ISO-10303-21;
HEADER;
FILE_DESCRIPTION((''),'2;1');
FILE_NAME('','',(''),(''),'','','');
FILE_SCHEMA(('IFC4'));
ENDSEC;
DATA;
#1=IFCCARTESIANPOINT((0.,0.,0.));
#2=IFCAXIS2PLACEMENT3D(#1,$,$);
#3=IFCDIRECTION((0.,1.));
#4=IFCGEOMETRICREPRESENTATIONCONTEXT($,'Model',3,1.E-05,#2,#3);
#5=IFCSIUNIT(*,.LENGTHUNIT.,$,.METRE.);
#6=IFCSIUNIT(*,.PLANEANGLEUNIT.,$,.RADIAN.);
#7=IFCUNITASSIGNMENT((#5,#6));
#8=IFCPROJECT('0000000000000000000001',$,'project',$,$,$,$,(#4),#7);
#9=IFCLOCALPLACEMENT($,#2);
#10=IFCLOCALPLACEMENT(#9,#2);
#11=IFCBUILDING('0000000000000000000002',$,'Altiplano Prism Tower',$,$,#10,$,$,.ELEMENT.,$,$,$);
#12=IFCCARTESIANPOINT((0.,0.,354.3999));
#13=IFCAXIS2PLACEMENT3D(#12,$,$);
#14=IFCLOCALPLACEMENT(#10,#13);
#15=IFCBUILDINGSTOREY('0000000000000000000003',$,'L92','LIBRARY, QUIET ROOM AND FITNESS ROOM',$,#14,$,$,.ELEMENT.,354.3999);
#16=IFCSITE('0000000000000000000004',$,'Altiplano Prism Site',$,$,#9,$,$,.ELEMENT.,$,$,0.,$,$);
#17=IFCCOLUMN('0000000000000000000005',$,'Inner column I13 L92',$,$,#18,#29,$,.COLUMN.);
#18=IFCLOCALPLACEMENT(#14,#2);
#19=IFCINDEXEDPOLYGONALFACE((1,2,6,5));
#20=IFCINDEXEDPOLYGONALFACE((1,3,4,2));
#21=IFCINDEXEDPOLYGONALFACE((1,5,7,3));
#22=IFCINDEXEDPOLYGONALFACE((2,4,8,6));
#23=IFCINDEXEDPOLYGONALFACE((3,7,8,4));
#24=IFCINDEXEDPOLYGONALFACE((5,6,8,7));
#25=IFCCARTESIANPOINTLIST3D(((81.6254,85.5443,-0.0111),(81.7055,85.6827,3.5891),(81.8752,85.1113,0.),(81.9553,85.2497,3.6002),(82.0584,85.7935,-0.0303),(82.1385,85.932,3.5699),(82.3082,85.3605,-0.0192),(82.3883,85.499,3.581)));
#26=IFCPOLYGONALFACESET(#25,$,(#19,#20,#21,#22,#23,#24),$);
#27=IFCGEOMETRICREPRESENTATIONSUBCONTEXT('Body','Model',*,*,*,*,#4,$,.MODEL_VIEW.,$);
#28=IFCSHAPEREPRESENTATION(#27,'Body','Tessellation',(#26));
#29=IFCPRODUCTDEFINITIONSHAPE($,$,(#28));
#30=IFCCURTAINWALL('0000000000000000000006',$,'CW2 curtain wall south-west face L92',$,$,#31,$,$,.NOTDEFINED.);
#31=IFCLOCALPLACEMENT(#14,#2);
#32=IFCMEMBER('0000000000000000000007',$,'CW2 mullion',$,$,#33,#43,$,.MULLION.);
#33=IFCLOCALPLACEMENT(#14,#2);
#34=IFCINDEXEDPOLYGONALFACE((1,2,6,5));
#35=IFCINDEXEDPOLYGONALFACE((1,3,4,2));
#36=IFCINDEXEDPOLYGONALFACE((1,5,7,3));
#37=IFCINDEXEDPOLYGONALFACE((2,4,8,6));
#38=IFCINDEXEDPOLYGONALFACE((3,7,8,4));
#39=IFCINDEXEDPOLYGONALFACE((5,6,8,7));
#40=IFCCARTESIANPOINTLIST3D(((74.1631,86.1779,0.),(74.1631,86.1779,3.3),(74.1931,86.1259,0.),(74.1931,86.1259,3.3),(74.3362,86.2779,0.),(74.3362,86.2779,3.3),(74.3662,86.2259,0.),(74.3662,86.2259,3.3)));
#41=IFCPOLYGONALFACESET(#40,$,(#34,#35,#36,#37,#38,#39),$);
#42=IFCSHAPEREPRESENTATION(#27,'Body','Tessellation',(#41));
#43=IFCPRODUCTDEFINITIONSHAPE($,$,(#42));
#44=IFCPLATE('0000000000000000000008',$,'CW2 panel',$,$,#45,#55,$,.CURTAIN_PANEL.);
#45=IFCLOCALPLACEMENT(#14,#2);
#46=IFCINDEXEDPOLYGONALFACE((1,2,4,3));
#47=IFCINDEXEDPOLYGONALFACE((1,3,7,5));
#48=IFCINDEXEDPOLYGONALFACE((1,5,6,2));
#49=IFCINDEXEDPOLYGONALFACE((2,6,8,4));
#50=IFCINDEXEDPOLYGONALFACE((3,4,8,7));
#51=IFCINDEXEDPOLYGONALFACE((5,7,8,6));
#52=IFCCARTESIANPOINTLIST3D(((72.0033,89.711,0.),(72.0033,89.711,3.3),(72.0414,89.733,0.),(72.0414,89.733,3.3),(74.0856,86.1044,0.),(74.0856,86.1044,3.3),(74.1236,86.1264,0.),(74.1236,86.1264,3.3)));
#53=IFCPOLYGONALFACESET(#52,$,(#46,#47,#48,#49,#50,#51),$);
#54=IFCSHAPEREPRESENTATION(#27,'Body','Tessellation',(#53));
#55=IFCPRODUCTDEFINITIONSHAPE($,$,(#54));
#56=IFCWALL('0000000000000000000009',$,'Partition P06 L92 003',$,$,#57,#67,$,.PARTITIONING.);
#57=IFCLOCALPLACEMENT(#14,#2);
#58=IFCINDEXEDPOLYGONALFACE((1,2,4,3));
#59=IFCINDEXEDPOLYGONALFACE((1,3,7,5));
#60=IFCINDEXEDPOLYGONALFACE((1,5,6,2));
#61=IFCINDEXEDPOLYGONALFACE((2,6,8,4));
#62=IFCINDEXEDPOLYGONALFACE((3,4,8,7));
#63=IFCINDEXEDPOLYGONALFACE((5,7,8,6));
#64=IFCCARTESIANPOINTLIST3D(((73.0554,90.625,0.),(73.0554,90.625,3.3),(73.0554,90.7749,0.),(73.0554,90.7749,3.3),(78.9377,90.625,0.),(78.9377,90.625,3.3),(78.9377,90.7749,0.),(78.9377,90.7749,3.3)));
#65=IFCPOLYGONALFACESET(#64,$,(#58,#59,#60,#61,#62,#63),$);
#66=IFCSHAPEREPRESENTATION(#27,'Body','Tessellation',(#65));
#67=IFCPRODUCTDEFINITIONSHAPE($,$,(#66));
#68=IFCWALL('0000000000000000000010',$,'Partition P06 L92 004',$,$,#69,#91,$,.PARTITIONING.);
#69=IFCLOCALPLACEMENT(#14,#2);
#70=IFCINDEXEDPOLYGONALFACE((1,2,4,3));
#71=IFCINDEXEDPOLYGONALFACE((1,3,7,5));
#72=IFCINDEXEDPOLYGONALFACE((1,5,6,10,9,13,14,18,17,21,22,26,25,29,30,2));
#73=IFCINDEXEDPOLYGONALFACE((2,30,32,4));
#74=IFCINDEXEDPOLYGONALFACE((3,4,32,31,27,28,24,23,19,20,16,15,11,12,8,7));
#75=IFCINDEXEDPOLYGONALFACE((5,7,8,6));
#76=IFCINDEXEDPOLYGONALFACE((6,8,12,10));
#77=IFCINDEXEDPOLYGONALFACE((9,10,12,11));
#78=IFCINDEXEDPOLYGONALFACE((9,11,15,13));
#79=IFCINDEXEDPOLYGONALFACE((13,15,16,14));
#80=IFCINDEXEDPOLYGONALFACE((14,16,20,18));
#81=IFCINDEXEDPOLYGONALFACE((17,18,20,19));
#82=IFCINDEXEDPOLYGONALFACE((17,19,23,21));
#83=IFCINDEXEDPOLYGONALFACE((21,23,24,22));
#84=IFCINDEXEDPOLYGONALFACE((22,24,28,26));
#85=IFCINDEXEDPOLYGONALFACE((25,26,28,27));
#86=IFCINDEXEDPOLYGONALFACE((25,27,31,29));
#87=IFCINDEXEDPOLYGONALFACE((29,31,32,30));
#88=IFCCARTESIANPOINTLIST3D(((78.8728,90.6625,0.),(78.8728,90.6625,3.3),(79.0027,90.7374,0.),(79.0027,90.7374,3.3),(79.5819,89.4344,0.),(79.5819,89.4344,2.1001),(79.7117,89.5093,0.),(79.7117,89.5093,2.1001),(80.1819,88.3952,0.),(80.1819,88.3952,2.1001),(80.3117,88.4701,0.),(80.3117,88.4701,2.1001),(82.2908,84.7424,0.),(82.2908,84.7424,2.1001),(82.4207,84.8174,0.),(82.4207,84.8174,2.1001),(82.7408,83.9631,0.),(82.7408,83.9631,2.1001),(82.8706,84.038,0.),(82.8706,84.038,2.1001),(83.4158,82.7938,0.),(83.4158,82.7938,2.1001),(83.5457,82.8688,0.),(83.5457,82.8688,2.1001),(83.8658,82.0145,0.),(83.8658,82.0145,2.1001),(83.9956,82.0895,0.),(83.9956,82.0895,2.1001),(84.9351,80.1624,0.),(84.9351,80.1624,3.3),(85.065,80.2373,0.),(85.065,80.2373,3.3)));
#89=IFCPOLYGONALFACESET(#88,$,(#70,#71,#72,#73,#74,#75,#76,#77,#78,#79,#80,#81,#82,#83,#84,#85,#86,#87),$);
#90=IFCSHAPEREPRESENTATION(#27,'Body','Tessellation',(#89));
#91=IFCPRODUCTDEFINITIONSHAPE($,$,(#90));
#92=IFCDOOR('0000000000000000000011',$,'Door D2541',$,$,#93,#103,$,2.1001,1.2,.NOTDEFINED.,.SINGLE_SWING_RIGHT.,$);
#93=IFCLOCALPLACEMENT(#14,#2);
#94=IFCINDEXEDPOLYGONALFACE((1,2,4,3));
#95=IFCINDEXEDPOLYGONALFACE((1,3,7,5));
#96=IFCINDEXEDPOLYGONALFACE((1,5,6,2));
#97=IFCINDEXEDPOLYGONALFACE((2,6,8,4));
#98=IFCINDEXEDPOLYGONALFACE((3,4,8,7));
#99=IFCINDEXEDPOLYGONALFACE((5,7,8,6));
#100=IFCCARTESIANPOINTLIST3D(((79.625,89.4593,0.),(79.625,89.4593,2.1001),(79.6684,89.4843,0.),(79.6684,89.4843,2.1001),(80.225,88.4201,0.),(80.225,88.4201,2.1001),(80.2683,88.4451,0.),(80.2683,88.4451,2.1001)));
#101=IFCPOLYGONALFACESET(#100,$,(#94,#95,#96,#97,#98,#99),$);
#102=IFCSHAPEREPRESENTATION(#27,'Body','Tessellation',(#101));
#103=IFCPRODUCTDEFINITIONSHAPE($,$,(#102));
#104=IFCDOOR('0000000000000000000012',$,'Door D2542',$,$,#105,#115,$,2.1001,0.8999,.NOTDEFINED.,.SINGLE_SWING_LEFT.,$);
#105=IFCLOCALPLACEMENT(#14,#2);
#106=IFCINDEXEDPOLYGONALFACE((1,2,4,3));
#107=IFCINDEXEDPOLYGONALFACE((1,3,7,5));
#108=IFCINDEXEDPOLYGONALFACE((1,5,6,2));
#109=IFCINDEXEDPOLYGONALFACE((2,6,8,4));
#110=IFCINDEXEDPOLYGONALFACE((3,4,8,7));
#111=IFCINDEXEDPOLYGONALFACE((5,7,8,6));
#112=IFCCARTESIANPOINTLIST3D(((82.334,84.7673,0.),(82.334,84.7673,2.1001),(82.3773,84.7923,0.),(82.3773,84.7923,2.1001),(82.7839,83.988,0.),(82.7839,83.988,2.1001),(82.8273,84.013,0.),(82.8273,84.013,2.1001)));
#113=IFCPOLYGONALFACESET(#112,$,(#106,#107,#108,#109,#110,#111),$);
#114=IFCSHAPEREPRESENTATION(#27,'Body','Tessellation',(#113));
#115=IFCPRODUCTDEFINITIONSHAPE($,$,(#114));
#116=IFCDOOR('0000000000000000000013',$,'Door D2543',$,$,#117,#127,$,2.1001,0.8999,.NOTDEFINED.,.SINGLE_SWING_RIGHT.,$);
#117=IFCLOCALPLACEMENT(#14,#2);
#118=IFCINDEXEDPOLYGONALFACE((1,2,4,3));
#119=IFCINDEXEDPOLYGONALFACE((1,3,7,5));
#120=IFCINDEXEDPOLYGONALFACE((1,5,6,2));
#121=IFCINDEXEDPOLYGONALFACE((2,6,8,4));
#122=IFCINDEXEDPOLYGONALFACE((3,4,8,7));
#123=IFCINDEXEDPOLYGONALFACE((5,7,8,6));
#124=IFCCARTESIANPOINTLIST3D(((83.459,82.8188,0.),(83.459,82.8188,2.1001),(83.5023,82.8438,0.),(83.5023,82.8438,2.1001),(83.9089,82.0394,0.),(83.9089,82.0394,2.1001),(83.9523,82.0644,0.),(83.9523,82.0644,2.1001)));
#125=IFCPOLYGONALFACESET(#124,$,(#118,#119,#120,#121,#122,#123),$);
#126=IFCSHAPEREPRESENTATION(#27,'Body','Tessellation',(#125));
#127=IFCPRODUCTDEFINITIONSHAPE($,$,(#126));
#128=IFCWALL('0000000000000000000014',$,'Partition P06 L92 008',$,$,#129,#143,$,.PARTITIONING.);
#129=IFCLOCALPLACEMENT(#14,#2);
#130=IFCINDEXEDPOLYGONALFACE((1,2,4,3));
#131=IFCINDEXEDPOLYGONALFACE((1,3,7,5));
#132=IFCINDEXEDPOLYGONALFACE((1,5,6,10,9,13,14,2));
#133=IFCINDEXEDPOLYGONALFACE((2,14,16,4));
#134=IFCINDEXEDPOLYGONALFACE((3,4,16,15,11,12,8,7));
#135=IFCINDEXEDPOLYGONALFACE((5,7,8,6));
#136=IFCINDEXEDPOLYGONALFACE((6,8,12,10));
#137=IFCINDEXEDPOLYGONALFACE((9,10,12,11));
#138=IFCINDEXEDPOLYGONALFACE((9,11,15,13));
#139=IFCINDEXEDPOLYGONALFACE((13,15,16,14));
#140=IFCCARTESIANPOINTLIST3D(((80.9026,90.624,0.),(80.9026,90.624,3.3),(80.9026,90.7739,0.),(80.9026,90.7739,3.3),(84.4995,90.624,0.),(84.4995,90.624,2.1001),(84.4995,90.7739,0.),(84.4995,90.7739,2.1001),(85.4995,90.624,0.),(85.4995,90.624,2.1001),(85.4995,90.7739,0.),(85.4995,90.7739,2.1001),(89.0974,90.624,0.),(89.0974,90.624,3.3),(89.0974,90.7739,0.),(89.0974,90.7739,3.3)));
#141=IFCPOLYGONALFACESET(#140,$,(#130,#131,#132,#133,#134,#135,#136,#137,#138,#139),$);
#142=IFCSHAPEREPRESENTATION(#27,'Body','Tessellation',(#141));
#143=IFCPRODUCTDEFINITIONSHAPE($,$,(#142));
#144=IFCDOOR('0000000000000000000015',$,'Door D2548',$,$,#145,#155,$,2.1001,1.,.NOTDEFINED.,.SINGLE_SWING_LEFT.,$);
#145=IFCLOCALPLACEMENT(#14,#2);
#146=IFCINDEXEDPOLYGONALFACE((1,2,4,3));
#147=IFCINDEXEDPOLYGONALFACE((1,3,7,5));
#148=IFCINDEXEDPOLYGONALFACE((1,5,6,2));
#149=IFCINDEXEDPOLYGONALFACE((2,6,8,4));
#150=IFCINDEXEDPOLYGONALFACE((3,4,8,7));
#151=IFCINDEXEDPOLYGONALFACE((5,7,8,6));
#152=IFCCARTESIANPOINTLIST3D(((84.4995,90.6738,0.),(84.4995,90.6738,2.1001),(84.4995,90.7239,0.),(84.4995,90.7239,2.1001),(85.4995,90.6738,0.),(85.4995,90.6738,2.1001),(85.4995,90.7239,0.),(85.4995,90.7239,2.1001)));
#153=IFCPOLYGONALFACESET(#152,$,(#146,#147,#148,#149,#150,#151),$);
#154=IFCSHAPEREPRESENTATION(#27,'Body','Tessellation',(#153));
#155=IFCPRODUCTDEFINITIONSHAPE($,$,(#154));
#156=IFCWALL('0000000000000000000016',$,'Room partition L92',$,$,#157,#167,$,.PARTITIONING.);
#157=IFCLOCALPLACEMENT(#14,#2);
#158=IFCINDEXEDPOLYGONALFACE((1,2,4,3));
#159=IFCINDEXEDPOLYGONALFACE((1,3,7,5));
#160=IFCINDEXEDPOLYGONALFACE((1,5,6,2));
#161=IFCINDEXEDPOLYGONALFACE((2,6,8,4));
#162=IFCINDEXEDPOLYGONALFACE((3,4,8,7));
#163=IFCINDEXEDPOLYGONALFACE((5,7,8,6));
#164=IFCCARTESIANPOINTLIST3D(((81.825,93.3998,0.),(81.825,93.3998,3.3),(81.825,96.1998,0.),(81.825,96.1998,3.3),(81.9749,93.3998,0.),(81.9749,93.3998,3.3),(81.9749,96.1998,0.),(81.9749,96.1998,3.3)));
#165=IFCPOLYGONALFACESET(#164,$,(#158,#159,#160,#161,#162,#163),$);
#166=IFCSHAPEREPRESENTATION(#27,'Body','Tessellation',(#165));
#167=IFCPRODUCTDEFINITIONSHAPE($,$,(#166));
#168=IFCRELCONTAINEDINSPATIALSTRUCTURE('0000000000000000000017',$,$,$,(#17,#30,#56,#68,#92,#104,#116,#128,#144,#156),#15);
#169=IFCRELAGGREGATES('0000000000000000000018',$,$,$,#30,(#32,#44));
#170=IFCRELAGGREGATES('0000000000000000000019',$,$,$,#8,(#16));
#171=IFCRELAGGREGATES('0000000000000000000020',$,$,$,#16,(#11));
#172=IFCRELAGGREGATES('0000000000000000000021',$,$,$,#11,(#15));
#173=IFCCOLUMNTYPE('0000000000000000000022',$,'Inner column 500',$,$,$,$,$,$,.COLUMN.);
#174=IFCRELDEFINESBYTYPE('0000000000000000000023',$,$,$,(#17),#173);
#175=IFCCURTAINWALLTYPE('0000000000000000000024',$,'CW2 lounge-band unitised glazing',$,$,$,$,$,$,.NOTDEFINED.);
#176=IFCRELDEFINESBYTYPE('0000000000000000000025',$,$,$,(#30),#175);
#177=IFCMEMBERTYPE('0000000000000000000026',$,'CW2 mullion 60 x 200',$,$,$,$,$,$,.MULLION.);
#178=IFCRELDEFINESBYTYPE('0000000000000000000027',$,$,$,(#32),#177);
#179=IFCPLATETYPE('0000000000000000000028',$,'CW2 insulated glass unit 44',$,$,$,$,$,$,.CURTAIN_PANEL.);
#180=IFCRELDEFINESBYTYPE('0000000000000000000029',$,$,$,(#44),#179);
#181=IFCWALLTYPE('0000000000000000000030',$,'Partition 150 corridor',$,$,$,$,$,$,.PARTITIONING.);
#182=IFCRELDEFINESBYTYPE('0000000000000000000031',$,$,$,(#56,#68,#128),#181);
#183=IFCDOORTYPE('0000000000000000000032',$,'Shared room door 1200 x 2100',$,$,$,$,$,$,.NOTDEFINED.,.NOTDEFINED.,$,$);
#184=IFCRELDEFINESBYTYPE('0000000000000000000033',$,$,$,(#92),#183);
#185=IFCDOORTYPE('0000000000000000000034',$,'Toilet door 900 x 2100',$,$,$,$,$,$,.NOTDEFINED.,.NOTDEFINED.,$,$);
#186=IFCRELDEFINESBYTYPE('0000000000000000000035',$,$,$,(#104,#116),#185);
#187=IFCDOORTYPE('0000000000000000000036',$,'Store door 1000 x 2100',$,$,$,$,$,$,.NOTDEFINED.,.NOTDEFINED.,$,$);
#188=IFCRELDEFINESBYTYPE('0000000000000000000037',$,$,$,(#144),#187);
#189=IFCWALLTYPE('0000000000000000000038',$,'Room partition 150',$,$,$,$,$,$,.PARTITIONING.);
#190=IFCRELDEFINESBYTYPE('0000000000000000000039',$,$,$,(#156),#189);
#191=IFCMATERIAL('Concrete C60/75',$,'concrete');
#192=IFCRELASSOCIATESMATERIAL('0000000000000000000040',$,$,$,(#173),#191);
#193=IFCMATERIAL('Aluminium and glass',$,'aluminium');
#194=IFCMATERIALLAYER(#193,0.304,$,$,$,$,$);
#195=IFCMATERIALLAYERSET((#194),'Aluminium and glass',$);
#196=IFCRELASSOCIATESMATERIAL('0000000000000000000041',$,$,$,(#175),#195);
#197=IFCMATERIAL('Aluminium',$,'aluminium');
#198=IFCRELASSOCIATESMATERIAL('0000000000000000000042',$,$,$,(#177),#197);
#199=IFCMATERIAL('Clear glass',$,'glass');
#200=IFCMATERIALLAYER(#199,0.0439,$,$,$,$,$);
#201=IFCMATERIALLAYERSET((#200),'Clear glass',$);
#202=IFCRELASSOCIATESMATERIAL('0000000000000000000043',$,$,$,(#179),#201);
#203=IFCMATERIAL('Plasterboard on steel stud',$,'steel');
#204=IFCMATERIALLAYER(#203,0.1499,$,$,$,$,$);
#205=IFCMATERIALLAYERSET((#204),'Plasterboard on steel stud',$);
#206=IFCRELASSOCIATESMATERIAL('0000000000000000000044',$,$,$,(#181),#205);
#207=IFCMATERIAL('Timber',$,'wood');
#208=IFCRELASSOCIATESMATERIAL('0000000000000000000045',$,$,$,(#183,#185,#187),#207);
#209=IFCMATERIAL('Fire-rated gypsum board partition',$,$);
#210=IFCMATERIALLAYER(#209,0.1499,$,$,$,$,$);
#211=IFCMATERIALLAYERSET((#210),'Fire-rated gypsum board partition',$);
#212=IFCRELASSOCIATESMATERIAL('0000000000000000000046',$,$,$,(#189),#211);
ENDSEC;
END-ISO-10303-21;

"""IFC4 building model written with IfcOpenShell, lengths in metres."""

from ifc_helpers import new_model, si_unit, direction, frame, frame_2d, origin, origin_2d, place, context, subcontext, project, spatial, rectangle, extrude, material, layer, layer_set, material_profile, profile_set, type_object, element, fill, aggregate, save


model = new_model("IFC4")

# Units and contexts
model_context = context("Model", 3, precision=1e-05, world=origin(), true_north=direction((0.0, 1.0)))
body_context = subcontext(model_context, "Body", "Model", "MODEL_VIEW")
ifc_project = project(units=[si_unit("LENGTHUNIT", "METRE"), si_unit("PLANEANGLEUNIT", "RADIAN")], contexts=[model_context])

# Site, building, storey
site_placement = place(None, origin())
site = spatial("IfcSite", under=ifc_project, at=site_placement, Name="Altiplano Prism Site", CompositionType="ELEMENT", RefElevation=0.0)
building_placement = place(site_placement, origin())
building = spatial("IfcBuilding", under=site, at=building_placement, Name="Altiplano Prism Tower", CompositionType="ELEMENT")
storey_placement = place(building_placement, frame((0.0, 0.0, 354.3999)))
storey = spatial("IfcBuildingStorey", under=building, at=storey_placement, Name="L92", Description="LIBRARY, QUIET ROOM AND FITNESS ROOM", CompositionType="ELEMENT", Elevation=354.3999)

# Column
ifc_material_1 = material(Name="Concrete C60/75", Category="concrete")
ifc_material_profile_1 = material_profile(ifc_material_1, rectangle(XDim=0.5, YDim=0.5, at=origin_2d()), Name="Inner column 500")
ifc_profile_set_1 = profile_set([ifc_material_profile_1], Name="Concrete C60/75")
column_type = type_object("IfcColumnType", Name="Inner column 500", PredefinedType="COLUMN", material=ifc_profile_set_1)
column_placement = place(storey_placement, frame((81.9668, 85.4524, -0.0151), z_axis=(0.022221, 0.038413, 0.999015), x_axis=(-0.866021, -0.498528, 0.038432)))
element("IfcColumn", 1, at=column_placement, inside=storey, type_object=column_type, Name="Inner column I13 L92", PredefinedType="COLUMN", context=body_context, shape_type="SweptSolid", body=[
    extrude(rectangle(XDim=0.5, YDim=0.5, at=origin_2d()), origin(), (0.0, 0.0, 1.0), 3.6038),
])

# Curtain wall, member, plate
ifc_material_2 = material(Name="Aluminium and glass", Category="aluminium")
ifc_layer_1 = layer(ifc_material_2, 0.304)
ifc_layer_set_1 = layer_set([ifc_layer_1], Name="Aluminium and glass")
curtain_wall_type = type_object("IfcCurtainWallType", Name="CW2 lounge-band unitised glazing", PredefinedType="NOTDEFINED", material=ifc_layer_set_1)
curtain_wall_placement = place(storey_placement, origin())
curtain_wall = element("IfcCurtainWall", 2, at=curtain_wall_placement, inside=storey, type_object=curtain_wall_type, Name="CW2 curtain wall south-west face L92", PredefinedType="NOTDEFINED")
ifc_material_3 = material(Name="Aluminium", Category="aluminium")
ifc_material_profile_2 = material_profile(ifc_material_3, rectangle(XDim=0.2, YDim=0.0601, at=origin_2d()), Name="CW2 mullion 60 x 200")
ifc_profile_set_2 = profile_set([ifc_material_profile_2], Name="Aluminium")
member_type = type_object("IfcMemberType", Name="CW2 mullion 60 x 200", PredefinedType="MULLION", material=ifc_profile_set_2)
member_placement = place(storey_placement, frame((74.2646, 86.2019, 0.0), z_axis=(0.0, 0.0, 1.0), x_axis=(0.866025, 0.5, 0.0)))
member = element("IfcMember", 3, at=member_placement, type_object=member_type, Name="CW2 mullion", PredefinedType="MULLION", context=body_context, shape_type="SweptSolid", body=[
    extrude(rectangle(XDim=0.2, YDim=0.0601, at=origin_2d()), origin(), (0.0, 0.0, 1.0), 3.3),
])
ifc_material_4 = material(Name="Clear glass", Category="glass")
ifc_layer_2 = layer(ifc_material_4, 0.0439)
ifc_layer_set_2 = layer_set([ifc_layer_2], Name="Clear glass")
plate_type = type_object("IfcPlateType", Name="CW2 insulated glass unit 44", PredefinedType="CURTAIN_PANEL", material=ifc_layer_set_2)
plate_placement = place(storey_placement, frame((73.0635, 87.9187, 0.0), z_axis=(0.0, 0.0, 1.0), x_axis=(0.5, -0.866025, 0.0)))
plate = element("IfcPlate", 4, at=plate_placement, type_object=plate_type, Name="CW2 panel", PredefinedType="CURTAIN_PANEL", context=body_context, shape_type="SweptSolid", body=[
    extrude(rectangle(XDim=4.1646, YDim=0.0439, at=origin_2d()), origin(), (0.0, 0.0, 1.0), 3.3),
])
aggregate(curtain_wall, [member, plate])

# Wall
ifc_material_5 = material(Name="Plasterboard on steel stud", Category="steel")
ifc_layer_3 = layer(ifc_material_5, 0.1499)
ifc_layer_set_3 = layer_set([ifc_layer_3], Name="Plasterboard on steel stud")
wall_type_1 = type_object("IfcWallType", Name="Partition 150 corridor", PredefinedType="PARTITIONING", material=ifc_layer_set_3)
wall_1_placement = place(storey_placement, frame((73.0554, 90.7, 0.0), z_axis=(0.0, 0.0, 1.0), x_axis=(1.0, 0.0, 0.0)))
element("IfcWall", 5, at=wall_1_placement, inside=storey, type_object=wall_type_1, Name="Partition P06 L92 003", PredefinedType="PARTITIONING", context=body_context, shape_type="SweptSolid", body=[
    extrude(rectangle(XDim=5.8823, YDim=0.1499, at=frame_2d((2.9412, 0.0))), origin(), (0.0, 0.0, 1.0), 3.3),
])

# Wall, openings, doors
wall_2_placement = place(storey_placement, frame((78.9377, 90.7, 0.0), z_axis=(0.0, 0.0, 1.0), x_axis=(0.500005, -0.866023, 0.0)))
wall_2 = element("IfcWall", 6, at=wall_2_placement, inside=storey, type_object=wall_type_1, Name="Partition P06 L92 004", PredefinedType="PARTITIONING", context=body_context, shape_type="SweptSolid", body=[
    extrude(rectangle(XDim=12.1245, YDim=0.1499, at=frame_2d((6.0623, 0.0))), origin(), (0.0, 0.0, 1.0), 3.3),
])
opening_1_placement = place(wall_2_placement, frame((1.418, 0.0, 0.0)))
opening_1 = element("IfcOpeningElement", 7, at=opening_1_placement, cuts=wall_2, PredefinedType="OPENING", context=body_context, shape_type="SweptSolid", body=[
    extrude(rectangle(XDim=1.2, YDim=2.1001, at=frame_2d((0.6001, 1.05))), frame((0.0, 0.0854, 0.0), z_axis=(0.0, -1.0, 0.0), x_axis=(1.0, 0.0, 0.0)), (0.0, 0.0, 1.0), 0.1709),
])
opening_2_placement = place(wall_2_placement, frame((6.8359, 0.0, 0.0)))
opening_2 = element("IfcOpeningElement", 8, at=opening_2_placement, cuts=wall_2, PredefinedType="OPENING", context=body_context, shape_type="SweptSolid", body=[
    extrude(rectangle(XDim=0.8999, YDim=2.1001, at=frame_2d((0.45, 1.05))), frame((0.0, 0.0854, 0.0), z_axis=(0.0, -1.0, 0.0), x_axis=(1.0, 0.0, 0.0)), (0.0, 0.0, 1.0), 0.1709),
])
opening_3_placement = place(wall_2_placement, frame((9.0859, 0.0, 0.0)))
opening_3 = element("IfcOpeningElement", 9, at=opening_3_placement, cuts=wall_2, PredefinedType="OPENING", context=body_context, shape_type="SweptSolid", body=[
    extrude(rectangle(XDim=0.8999, YDim=2.1001, at=frame_2d((0.45, 1.05))), frame((0.0, 0.0854, 0.0), z_axis=(0.0, -1.0, 0.0), x_axis=(1.0, 0.0, 0.0)), (0.0, 0.0, 1.0), 0.1709),
])
ifc_material_6 = material(Name="Timber", Category="wood")
door_type_1 = type_object("IfcDoorType", Name="Shared room door 1200 x 2100", OperationType="NOTDEFINED", PredefinedType="NOTDEFINED", material=ifc_material_6)
door_1_placement = place(opening_1_placement, origin())
door_1 = element("IfcDoor", 10, at=door_1_placement, inside=storey, type_object=door_type_1, Name="Door D2541", OperationType="SINGLE_SWING_RIGHT", OverallHeight=2.1001, OverallWidth=1.2, PredefinedType="NOTDEFINED", context=body_context, shape_type="SweptSolid", body=[
    extrude(rectangle(XDim=1.2, YDim=2.1001, at=frame_2d((0.6001, 1.05))), frame((0.0, 0.0249, 0.0), z_axis=(0.0, -1.0, 0.0), x_axis=(1.0, 0.0, 0.0)), (0.0, 0.0, 1.0), 0.05),
])
fill(opening_1, door_1)
door_type_2 = type_object("IfcDoorType", Name="Toilet door 900 x 2100", OperationType="NOTDEFINED", PredefinedType="NOTDEFINED", material=ifc_material_6)
door_2_placement = place(opening_2_placement, origin())
door_2 = element("IfcDoor", 11, at=door_2_placement, inside=storey, type_object=door_type_2, Name="Door D2542", OperationType="SINGLE_SWING_LEFT", OverallHeight=2.1001, OverallWidth=0.8999, PredefinedType="NOTDEFINED", context=body_context, shape_type="SweptSolid", body=[
    extrude(rectangle(XDim=0.8999, YDim=2.1001, at=frame_2d((0.45, 1.05))), frame((0.0, 0.0249, 0.0), z_axis=(0.0, -1.0, 0.0), x_axis=(1.0, 0.0, 0.0)), (0.0, 0.0, 1.0), 0.05),
])
fill(opening_2, door_2)
door_3_placement = place(opening_3_placement, origin())
door_3 = element("IfcDoor", 12, at=door_3_placement, inside=storey, type_object=door_type_2, Name="Door D2543", OperationType="SINGLE_SWING_RIGHT", OverallHeight=2.1001, OverallWidth=0.8999, PredefinedType="NOTDEFINED", context=body_context, shape_type="SweptSolid", body=[
    extrude(rectangle(XDim=0.8999, YDim=2.1001, at=frame_2d((0.45, 1.05))), frame((0.0, 0.0249, 0.0), z_axis=(0.0, -1.0, 0.0), x_axis=(1.0, 0.0, 0.0)), (0.0, 0.0, 1.0), 0.05),
])
fill(opening_3, door_3)

# Wall, opening, door
wall_3_placement = place(storey_placement, frame((80.9026, 90.699, 0.0), z_axis=(0.0, 0.0, 1.0), x_axis=(1.0, 0.0, 0.0)))
wall_3 = element("IfcWall", 13, at=wall_3_placement, inside=storey, type_object=wall_type_1, Name="Partition P06 L92 008", PredefinedType="PARTITIONING", context=body_context, shape_type="SweptSolid", body=[
    extrude(rectangle(XDim=8.1948, YDim=0.1499, at=frame_2d((4.0974, 0.0))), origin(), (0.0, 0.0, 1.0), 3.3),
])
opening_4_placement = place(wall_3_placement, frame((3.5969, 0.0, 0.0)))
opening_4 = element("IfcOpeningElement", 14, at=opening_4_placement, cuts=wall_3, PredefinedType="OPENING", context=body_context, shape_type="SweptSolid", body=[
    extrude(rectangle(XDim=1.0, YDim=2.1001, at=frame_2d((0.5, 1.05))), frame((0.0, 0.0854, 0.0), z_axis=(0.0, -1.0, 0.0), x_axis=(1.0, 0.0, 0.0)), (0.0, 0.0, 1.0), 0.1709),
])
door_type_3 = type_object("IfcDoorType", Name="Store door 1000 x 2100", OperationType="NOTDEFINED", PredefinedType="NOTDEFINED", material=ifc_material_6)
door_4_placement = place(opening_4_placement, origin())
door_4 = element("IfcDoor", 15, at=door_4_placement, inside=storey, type_object=door_type_3, Name="Door D2548", OperationType="SINGLE_SWING_LEFT", OverallHeight=2.1001, OverallWidth=1.0, PredefinedType="NOTDEFINED", context=body_context, shape_type="SweptSolid", body=[
    extrude(rectangle(XDim=1.0, YDim=2.1001, at=frame_2d((0.5, 1.05))), frame((0.0, 0.0249, 0.0), z_axis=(0.0, -1.0, 0.0), x_axis=(1.0, 0.0, 0.0)), (0.0, 0.0, 1.0), 0.05),
])
fill(opening_4, door_4)

# Wall
ifc_material_7 = material(Name="Fire-rated gypsum board partition")
ifc_layer_4 = layer(ifc_material_7, 0.1499)
ifc_layer_set_4 = layer_set([ifc_layer_4], Name="Fire-rated gypsum board partition")
wall_type_2 = type_object("IfcWallType", Name="Room partition 150", PredefinedType="PARTITIONING", material=ifc_layer_set_4)
wall_4_placement = place(storey_placement, frame((81.8999, 93.3999, 0.0), z_axis=(0.0, 0.0, 1.0), x_axis=(0.0, 1.0, 0.0)))
element("IfcWall", 16, at=wall_4_placement, inside=storey, type_object=wall_type_2, Name="Room partition L92", PredefinedType="PARTITIONING", context=body_context, shape_type="SweptSolid", body=[
    extrude(rectangle(XDim=2.8, YDim=0.1499, at=frame_2d((1.3999, 0.0))), origin(), (0.0, 0.0, 1.0), 3.3),
])

save(model, "model.ifc")
